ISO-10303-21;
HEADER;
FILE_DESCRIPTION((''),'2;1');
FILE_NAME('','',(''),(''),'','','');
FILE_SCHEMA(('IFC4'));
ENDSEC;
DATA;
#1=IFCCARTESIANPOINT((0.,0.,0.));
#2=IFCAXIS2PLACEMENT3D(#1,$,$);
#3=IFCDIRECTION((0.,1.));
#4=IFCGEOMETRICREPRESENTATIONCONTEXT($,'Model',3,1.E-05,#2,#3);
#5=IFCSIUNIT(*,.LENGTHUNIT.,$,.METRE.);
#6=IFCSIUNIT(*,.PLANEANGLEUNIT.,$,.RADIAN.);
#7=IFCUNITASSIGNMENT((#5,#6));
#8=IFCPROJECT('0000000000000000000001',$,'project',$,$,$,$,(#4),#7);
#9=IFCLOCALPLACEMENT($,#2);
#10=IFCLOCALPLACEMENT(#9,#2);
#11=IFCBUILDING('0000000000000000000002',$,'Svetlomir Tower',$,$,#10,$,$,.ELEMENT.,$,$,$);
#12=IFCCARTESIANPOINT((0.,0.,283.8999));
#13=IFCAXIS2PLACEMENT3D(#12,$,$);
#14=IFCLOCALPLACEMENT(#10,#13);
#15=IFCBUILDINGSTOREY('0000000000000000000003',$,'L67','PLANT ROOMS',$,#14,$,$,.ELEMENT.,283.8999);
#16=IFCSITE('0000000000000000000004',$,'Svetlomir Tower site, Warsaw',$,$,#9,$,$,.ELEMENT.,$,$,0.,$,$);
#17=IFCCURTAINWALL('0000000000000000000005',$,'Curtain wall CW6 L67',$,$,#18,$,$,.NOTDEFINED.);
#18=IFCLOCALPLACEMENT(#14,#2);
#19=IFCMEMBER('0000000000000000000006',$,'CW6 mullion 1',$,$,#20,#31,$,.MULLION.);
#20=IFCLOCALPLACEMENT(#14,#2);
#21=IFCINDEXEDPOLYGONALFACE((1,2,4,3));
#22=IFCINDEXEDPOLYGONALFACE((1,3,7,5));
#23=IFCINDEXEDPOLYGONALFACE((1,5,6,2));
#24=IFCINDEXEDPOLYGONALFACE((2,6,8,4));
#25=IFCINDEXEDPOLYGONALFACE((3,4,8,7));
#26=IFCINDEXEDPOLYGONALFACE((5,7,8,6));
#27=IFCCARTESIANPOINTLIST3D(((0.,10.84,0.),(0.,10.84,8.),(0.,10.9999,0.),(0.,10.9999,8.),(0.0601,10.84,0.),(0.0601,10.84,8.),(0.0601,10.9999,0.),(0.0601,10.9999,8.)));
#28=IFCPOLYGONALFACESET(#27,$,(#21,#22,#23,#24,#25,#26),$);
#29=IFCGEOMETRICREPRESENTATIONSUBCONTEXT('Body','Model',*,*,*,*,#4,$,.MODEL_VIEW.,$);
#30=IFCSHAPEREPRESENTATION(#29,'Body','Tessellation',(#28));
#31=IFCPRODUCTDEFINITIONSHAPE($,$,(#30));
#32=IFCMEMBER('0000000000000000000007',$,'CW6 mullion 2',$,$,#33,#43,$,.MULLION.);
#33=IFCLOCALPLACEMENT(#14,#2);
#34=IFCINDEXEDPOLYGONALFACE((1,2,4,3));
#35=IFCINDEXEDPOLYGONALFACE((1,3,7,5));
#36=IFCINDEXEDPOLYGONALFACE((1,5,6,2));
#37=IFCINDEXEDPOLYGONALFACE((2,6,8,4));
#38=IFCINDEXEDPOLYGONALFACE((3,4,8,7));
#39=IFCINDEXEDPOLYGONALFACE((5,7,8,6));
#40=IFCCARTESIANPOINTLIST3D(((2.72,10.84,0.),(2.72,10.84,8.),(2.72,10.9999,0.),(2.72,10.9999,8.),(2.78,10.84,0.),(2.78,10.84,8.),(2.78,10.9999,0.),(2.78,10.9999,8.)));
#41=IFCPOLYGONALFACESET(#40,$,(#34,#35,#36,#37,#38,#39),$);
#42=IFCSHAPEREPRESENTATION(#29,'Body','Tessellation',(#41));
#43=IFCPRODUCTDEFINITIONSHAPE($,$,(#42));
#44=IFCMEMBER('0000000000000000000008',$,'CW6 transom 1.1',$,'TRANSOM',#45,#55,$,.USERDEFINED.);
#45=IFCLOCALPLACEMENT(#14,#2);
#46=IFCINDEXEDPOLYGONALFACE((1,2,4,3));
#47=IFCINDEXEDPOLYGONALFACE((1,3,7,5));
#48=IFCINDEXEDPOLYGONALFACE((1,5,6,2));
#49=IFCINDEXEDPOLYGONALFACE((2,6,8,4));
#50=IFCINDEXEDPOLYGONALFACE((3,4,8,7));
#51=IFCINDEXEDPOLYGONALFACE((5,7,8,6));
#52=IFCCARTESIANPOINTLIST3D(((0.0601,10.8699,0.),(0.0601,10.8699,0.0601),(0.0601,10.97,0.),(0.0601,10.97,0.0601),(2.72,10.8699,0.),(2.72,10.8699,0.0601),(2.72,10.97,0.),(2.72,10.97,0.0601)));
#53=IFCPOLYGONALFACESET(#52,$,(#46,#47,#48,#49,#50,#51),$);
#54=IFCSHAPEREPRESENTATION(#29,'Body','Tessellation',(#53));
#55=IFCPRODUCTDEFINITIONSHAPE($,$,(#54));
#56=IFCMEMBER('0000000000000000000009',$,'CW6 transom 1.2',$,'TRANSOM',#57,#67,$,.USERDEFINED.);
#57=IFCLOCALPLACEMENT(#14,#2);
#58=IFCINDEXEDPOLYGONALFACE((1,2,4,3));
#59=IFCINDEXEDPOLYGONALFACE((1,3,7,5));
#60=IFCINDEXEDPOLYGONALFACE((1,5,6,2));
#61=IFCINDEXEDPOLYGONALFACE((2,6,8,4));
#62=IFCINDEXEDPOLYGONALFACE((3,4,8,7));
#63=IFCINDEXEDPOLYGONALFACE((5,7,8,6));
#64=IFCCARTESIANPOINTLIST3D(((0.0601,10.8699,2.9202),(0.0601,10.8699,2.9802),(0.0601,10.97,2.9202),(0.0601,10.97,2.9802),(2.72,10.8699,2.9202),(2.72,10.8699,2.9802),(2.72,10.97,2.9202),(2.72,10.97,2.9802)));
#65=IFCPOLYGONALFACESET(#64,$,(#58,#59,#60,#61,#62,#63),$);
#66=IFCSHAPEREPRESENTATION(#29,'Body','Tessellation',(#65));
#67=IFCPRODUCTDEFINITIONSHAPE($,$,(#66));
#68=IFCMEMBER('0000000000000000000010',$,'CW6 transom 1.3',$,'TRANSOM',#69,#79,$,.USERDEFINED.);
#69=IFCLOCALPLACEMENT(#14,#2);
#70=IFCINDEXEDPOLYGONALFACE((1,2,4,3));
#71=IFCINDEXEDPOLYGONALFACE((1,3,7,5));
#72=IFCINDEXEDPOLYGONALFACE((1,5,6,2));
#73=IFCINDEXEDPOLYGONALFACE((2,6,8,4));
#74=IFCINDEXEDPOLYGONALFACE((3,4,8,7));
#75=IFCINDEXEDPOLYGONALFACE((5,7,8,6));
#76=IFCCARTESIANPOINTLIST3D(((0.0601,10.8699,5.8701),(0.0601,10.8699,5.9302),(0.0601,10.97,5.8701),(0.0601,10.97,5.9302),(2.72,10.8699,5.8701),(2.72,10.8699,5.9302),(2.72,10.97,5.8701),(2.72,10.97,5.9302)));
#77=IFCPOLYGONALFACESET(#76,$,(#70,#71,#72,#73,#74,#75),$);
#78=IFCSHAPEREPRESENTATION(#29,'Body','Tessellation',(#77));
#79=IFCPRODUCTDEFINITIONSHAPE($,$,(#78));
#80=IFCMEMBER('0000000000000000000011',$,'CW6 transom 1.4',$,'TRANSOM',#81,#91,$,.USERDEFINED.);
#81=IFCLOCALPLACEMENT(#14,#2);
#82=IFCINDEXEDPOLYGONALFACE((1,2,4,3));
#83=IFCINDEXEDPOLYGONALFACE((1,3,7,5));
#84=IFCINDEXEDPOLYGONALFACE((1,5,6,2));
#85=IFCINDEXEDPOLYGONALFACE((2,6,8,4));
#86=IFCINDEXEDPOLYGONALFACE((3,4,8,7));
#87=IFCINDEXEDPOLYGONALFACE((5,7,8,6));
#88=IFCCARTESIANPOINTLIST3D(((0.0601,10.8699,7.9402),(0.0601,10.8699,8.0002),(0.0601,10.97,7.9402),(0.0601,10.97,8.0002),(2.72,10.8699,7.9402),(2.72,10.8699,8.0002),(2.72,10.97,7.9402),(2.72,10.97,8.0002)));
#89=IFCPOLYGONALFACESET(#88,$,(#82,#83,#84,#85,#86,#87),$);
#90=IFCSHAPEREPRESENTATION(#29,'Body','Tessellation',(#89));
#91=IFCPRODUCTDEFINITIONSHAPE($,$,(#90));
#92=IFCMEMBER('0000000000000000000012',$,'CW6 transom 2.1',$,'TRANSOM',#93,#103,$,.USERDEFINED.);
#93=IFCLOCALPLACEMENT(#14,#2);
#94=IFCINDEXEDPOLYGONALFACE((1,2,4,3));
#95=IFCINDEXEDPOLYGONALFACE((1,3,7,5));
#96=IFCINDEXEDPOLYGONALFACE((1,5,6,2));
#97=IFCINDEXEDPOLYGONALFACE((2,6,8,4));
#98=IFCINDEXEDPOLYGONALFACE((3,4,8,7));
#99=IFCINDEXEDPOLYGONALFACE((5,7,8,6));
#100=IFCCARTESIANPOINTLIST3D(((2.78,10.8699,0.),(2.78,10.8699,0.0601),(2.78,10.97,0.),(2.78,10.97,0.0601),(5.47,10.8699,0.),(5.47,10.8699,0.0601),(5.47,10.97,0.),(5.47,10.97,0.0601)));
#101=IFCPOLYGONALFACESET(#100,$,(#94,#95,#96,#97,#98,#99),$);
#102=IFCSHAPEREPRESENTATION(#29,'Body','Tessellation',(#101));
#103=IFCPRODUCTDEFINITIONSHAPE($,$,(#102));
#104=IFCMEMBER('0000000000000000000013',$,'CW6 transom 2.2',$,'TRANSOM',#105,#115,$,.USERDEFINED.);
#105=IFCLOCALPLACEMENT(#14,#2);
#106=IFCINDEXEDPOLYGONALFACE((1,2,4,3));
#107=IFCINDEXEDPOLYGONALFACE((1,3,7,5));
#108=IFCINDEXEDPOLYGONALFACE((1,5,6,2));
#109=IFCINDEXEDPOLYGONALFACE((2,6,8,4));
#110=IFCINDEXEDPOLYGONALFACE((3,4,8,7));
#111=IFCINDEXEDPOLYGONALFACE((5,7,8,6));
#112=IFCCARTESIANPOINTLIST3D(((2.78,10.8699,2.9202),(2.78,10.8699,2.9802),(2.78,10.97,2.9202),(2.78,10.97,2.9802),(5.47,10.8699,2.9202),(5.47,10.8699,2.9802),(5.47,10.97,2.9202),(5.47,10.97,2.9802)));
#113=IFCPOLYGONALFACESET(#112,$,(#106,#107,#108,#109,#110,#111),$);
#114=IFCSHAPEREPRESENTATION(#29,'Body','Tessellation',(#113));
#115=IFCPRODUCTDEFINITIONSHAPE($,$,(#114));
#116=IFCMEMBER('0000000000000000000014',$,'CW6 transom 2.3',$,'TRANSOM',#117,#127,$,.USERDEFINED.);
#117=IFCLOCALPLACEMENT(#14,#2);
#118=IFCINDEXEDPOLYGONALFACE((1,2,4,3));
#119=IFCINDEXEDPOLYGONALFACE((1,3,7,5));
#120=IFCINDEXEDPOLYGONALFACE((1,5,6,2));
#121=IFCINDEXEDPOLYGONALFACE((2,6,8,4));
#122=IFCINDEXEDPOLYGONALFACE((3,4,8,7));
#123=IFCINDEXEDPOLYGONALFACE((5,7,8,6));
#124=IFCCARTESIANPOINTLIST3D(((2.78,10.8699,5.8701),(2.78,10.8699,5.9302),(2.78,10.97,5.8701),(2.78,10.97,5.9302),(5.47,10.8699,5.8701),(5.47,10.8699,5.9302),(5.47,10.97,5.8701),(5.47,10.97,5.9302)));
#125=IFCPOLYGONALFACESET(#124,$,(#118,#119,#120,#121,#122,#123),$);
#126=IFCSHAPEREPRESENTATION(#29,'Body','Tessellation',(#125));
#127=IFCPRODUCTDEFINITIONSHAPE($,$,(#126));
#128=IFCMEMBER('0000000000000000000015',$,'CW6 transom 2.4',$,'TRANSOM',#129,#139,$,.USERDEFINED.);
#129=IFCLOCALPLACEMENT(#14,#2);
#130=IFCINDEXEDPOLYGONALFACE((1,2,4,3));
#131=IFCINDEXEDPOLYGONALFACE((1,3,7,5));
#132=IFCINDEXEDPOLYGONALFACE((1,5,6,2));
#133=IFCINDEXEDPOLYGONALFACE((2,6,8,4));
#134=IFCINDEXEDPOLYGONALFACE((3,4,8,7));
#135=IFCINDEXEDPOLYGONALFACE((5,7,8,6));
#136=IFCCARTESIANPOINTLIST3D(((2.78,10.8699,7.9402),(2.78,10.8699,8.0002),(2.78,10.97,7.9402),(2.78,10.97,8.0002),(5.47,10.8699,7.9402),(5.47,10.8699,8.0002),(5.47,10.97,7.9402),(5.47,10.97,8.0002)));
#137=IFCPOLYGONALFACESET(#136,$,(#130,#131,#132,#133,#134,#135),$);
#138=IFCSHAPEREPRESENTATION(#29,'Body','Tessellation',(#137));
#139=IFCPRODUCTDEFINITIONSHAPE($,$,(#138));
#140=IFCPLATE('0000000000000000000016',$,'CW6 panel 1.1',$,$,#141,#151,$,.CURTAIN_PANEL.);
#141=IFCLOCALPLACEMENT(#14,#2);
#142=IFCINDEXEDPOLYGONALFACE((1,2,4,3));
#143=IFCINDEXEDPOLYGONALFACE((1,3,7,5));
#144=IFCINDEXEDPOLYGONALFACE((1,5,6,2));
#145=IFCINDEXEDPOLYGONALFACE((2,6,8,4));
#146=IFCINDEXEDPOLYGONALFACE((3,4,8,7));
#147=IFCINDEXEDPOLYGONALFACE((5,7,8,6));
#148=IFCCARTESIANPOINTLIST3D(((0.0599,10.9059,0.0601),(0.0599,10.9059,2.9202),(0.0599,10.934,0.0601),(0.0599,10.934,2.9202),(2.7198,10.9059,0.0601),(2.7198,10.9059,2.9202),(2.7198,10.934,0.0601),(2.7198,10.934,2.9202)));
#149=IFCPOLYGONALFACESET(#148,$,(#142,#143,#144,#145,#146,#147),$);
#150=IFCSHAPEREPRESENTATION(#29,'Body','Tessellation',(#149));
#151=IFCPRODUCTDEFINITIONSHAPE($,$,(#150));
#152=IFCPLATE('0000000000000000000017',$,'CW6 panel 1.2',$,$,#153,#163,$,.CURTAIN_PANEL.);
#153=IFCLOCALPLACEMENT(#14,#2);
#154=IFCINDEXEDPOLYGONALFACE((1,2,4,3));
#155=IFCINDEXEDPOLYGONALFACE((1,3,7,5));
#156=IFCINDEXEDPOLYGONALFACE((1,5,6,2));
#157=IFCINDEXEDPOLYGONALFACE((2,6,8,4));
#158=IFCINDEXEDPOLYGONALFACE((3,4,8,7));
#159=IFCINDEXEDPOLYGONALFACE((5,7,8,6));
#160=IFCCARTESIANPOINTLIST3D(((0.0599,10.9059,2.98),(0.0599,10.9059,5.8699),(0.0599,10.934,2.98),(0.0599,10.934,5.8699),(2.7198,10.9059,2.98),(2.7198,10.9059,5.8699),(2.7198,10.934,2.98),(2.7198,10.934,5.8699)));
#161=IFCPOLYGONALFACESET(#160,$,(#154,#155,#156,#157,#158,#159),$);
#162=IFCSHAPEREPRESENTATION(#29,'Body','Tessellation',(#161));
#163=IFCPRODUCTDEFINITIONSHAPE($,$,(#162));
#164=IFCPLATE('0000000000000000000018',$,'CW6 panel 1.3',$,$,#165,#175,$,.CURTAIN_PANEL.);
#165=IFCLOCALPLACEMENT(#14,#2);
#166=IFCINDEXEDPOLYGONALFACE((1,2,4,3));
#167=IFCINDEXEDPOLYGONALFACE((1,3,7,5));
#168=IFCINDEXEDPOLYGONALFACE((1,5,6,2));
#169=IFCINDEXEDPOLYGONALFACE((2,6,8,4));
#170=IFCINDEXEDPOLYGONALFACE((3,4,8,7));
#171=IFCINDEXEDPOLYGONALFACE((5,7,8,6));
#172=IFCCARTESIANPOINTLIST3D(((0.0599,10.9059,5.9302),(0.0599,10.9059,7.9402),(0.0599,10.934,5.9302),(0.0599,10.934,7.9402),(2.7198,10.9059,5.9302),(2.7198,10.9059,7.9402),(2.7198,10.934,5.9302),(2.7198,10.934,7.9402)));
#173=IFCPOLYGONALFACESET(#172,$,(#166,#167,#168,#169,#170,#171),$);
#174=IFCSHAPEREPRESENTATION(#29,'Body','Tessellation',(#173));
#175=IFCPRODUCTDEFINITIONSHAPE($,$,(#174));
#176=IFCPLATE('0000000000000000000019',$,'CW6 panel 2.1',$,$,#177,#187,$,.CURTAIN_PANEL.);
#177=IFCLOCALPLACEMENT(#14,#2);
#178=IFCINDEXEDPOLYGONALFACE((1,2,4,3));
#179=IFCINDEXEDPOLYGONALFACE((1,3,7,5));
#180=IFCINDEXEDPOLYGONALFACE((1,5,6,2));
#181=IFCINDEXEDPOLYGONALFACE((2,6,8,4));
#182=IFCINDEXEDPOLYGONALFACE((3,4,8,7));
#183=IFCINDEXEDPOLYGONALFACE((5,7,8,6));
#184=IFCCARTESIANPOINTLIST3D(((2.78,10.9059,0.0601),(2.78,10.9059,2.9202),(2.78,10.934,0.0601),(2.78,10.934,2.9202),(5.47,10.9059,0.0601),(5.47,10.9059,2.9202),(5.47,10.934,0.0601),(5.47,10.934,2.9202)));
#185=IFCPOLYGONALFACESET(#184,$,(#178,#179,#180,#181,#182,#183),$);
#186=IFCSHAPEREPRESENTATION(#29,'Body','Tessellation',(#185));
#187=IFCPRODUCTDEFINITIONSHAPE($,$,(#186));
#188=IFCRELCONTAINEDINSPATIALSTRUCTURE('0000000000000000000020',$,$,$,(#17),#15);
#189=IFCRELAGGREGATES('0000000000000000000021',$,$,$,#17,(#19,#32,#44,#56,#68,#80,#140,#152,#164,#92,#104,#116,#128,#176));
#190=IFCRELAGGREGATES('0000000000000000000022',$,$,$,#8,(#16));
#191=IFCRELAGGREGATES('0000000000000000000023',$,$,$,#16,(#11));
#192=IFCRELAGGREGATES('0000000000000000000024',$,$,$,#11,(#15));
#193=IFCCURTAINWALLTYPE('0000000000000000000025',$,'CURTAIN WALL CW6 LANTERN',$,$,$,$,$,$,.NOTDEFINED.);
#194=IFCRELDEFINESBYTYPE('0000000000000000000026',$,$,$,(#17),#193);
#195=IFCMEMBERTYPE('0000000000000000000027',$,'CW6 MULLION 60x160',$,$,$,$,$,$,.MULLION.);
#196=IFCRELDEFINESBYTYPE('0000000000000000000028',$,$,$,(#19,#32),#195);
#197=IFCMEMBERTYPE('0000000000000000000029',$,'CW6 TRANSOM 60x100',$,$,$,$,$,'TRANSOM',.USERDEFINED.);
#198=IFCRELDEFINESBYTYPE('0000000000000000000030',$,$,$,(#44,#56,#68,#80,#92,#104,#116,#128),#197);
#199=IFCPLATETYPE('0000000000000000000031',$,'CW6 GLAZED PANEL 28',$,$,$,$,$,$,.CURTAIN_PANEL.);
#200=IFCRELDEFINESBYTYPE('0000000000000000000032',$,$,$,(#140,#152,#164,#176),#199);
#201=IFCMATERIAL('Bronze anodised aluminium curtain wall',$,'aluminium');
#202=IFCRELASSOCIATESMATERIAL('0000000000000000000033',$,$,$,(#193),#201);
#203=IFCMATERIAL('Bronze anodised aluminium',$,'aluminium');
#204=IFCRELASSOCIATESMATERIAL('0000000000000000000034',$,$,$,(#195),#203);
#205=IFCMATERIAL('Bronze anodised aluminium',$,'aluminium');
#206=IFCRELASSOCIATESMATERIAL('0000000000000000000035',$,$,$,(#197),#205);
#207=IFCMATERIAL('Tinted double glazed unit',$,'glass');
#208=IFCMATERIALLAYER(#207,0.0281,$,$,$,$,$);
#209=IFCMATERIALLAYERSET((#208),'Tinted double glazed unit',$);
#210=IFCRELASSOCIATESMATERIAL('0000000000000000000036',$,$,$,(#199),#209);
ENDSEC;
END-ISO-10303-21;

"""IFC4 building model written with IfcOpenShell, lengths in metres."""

from ifc_helpers import new_model, si_unit, direction, frame, origin, origin_2d, place, context, subcontext, project, spatial, rectangle, extrude, material, layer, layer_set, material_profile, profile_set, type_object, element, aggregate, save


model = new_model("IFC4")

# Units and contexts
model_context = context("Model", 3, precision=1e-05, world=origin(), true_north=direction((0.0, 1.0)))
body_context = subcontext(model_context, "Body", "Model", "MODEL_VIEW")
ifc_project = project(units=[si_unit("LENGTHUNIT", "METRE"), si_unit("PLANEANGLEUNIT", "RADIAN")], contexts=[model_context])

# Site, building, storey
site_placement = place(None, origin())
site = spatial("IfcSite", under=ifc_project, at=site_placement, Name="Svetlomir Tower site, Warsaw", CompositionType="ELEMENT", RefElevation=0.0)
building_placement = place(site_placement, origin())
building = spatial("IfcBuilding", under=site, at=building_placement, Name="Svetlomir Tower", CompositionType="ELEMENT")
storey_placement = place(building_placement, frame((0.0, 0.0, 283.8999)))
storey = spatial("IfcBuildingStorey", under=building, at=storey_placement, Name="L67", Description="PLANT ROOMS", CompositionType="ELEMENT", Elevation=283.8999)

# Curtain wall, members, plates
ifc_material_1 = material(Name="Bronze anodised aluminium curtain wall", Category="aluminium")
curtain_wall_type = type_object("IfcCurtainWallType", Name="CURTAIN WALL CW6 LANTERN", PredefinedType="NOTDEFINED", material=ifc_material_1)
curtain_wall_placement = place(storey_placement, origin())
curtain_wall = element("IfcCurtainWall", 1, at=curtain_wall_placement, inside=storey, type_object=curtain_wall_type, Name="Curtain wall CW6 L67", PredefinedType="NOTDEFINED")
ifc_material_2 = material(Name="Bronze anodised aluminium", Category="aluminium")
ifc_material_profile_1 = material_profile(ifc_material_2, rectangle(XDim=0.0601, YDim=0.1599, at=origin_2d()), Name="AL 60x160")
ifc_profile_set_1 = profile_set([ifc_material_profile_1], Name="Bronze anodised aluminium 6063-T6")
member_type_1 = type_object("IfcMemberType", Name="CW6 MULLION 60x160", PredefinedType="MULLION", material=ifc_profile_set_1)
member_1_placement = place(storey_placement, frame((0.03, 10.9199, 0.0), z_axis=(0.0, 0.0, 1.0), x_axis=(1.0, 0.0, 0.0)))
member_1 = element("IfcMember", 2, at=member_1_placement, type_object=member_type_1, Name="CW6 mullion 1", PredefinedType="MULLION", context=body_context, shape_type="SweptSolid", body=[
    extrude(rectangle(XDim=0.0601, YDim=0.1599, at=origin_2d()), origin(), (0.0, 0.0, 1.0), 8.0),
])
member_2_placement = place(storey_placement, frame((2.75, 10.9199, 0.0), z_axis=(0.0, 0.0, 1.0), x_axis=(1.0, 0.0, 0.0)))
member_2 = element("IfcMember", 3, at=member_2_placement, type_object=member_type_1, Name="CW6 mullion 2", PredefinedType="MULLION", context=body_context, shape_type="SweptSolid", body=[
    extrude(rectangle(XDim=0.0601, YDim=0.1599, at=origin_2d()), origin(), (0.0, 0.0, 1.0), 8.0),
])
ifc_material_3 = material(Name="Bronze anodised aluminium", Category="aluminium")
ifc_material_profile_2 = material_profile(ifc_material_3, rectangle(XDim=0.1001, YDim=0.0601, at=origin_2d()), Name="AL 100x60")
ifc_profile_set_2 = profile_set([ifc_material_profile_2], Name="Bronze anodised aluminium 6063-T6")
member_type_2 = type_object("IfcMemberType", Name="CW6 TRANSOM 60x100", ElementType="TRANSOM", PredefinedType="USERDEFINED", material=ifc_profile_set_2)
member_3_placement = place(storey_placement, frame((0.0601, 10.9199, 0.03), z_axis=(1.0, 0.0, 0.0), x_axis=(0.0, 1.0, 0.0)))
member_3 = element("IfcMember", 4, at=member_3_placement, type_object=member_type_2, Name="CW6 transom 1.1", ObjectType="TRANSOM", PredefinedType="USERDEFINED", context=body_context, shape_type="SweptSolid", body=[
    extrude(rectangle(XDim=0.1001, YDim=0.0601, at=origin_2d()), origin(), (0.0, 0.0, 1.0), 2.6599),
])
member_4_placement = place(storey_placement, frame((0.0601, 10.9199, 2.9502), z_axis=(1.0, 0.0, 0.0), x_axis=(0.0, 1.0, 0.0)))
member_4 = element("IfcMember", 5, at=member_4_placement, type_object=member_type_2, Name="CW6 transom 1.2", ObjectType="TRANSOM", PredefinedType="USERDEFINED", context=body_context, shape_type="SweptSolid", body=[
    extrude(rectangle(XDim=0.1001, YDim=0.0601, at=origin_2d()), origin(), (0.0, 0.0, 1.0), 2.6599),
])
member_5_placement = place(storey_placement, frame((0.0601, 10.9199, 5.9001), z_axis=(1.0, 0.0, 0.0), x_axis=(0.0, 1.0, 0.0)))
member_5 = element("IfcMember", 6, at=member_5_placement, type_object=member_type_2, Name="CW6 transom 1.3", ObjectType="TRANSOM", PredefinedType="USERDEFINED", context=body_context, shape_type="SweptSolid", body=[
    extrude(rectangle(XDim=0.1001, YDim=0.0601, at=origin_2d()), origin(), (0.0, 0.0, 1.0), 2.6599),
])
member_6_placement = place(storey_placement, frame((0.0601, 10.9199, 7.9702), z_axis=(1.0, 0.0, 0.0), x_axis=(0.0, 1.0, 0.0)))
member_6 = element("IfcMember", 7, at=member_6_placement, type_object=member_type_2, Name="CW6 transom 1.4", ObjectType="TRANSOM", PredefinedType="USERDEFINED", context=body_context, shape_type="SweptSolid", body=[
    extrude(rectangle(XDim=0.1001, YDim=0.0601, at=origin_2d()), origin(), (0.0, 0.0, 1.0), 2.6599),
])
member_7_placement = place(storey_placement, frame((2.78, 10.9199, 0.03), z_axis=(1.0, 0.0, 0.0), x_axis=(0.0, 1.0, 0.0)))
member_7 = element("IfcMember", 8, at=member_7_placement, type_object=member_type_2, Name="CW6 transom 2.1", ObjectType="TRANSOM", PredefinedType="USERDEFINED", context=body_context, shape_type="SweptSolid", body=[
    extrude(rectangle(XDim=0.1001, YDim=0.0601, at=origin_2d()), origin(), (0.0, 0.0, 1.0), 2.6899),
])
member_8_placement = place(storey_placement, frame((2.78, 10.9199, 2.9502), z_axis=(1.0, 0.0, 0.0), x_axis=(0.0, 1.0, 0.0)))
member_8 = element("IfcMember", 9, at=member_8_placement, type_object=member_type_2, Name="CW6 transom 2.2", ObjectType="TRANSOM", PredefinedType="USERDEFINED", context=body_context, shape_type="SweptSolid", body=[
    extrude(rectangle(XDim=0.1001, YDim=0.0601, at=origin_2d()), origin(), (0.0, 0.0, 1.0), 2.6899),
])
member_9_placement = place(storey_placement, frame((2.78, 10.9199, 5.9001), z_axis=(1.0, 0.0, 0.0), x_axis=(0.0, 1.0, 0.0)))
member_9 = element("IfcMember", 10, at=member_9_placement, type_object=member_type_2, Name="CW6 transom 2.3", ObjectType="TRANSOM", PredefinedType="USERDEFINED", context=body_context, shape_type="SweptSolid", body=[
    extrude(rectangle(XDim=0.1001, YDim=0.0601, at=origin_2d()), origin(), (0.0, 0.0, 1.0), 2.6899),
])
member_10_placement = place(storey_placement, frame((2.78, 10.9199, 7.9702), z_axis=(1.0, 0.0, 0.0), x_axis=(0.0, 1.0, 0.0)))
member_10 = element("IfcMember", 11, at=member_10_placement, type_object=member_type_2, Name="CW6 transom 2.4", ObjectType="TRANSOM", PredefinedType="USERDEFINED", context=body_context, shape_type="SweptSolid", body=[
    extrude(rectangle(XDim=0.1001, YDim=0.0601, at=origin_2d()), origin(), (0.0, 0.0, 1.0), 2.6899),
])
ifc_material_4 = material(Name="Tinted double glazed unit", Category="glass")
ifc_layer_1 = layer(ifc_material_4, 0.0281)
ifc_layer_set_1 = layer_set([ifc_layer_1], Name="Tinted double glazed unit")
plate_type = type_object("IfcPlateType", Name="CW6 GLAZED PANEL 28", PredefinedType="CURTAIN_PANEL", material=ifc_layer_set_1)
plate_1_placement = place(storey_placement, frame((1.3899, 10.9199, 0.0601), z_axis=(0.0, 0.0, 1.0), x_axis=(1.0, 0.0, 0.0)))
plate_1 = element("IfcPlate", 12, at=plate_1_placement, type_object=plate_type, Name="CW6 panel 1.1", PredefinedType="CURTAIN_PANEL", context=body_context, shape_type="SweptSolid", body=[
    extrude(rectangle(XDim=2.6599, YDim=0.0281, at=origin_2d()), origin(), (0.0, 0.0, 1.0), 2.8601),
])
plate_2_placement = place(storey_placement, frame((1.3899, 10.9199, 2.98), z_axis=(0.0, 0.0, 1.0), x_axis=(1.0, 0.0, 0.0)))
plate_2 = element("IfcPlate", 13, at=plate_2_placement, type_object=plate_type, Name="CW6 panel 1.2", PredefinedType="CURTAIN_PANEL", context=body_context, shape_type="SweptSolid", body=[
    extrude(rectangle(XDim=2.6599, YDim=0.0281, at=origin_2d()), origin(), (0.0, 0.0, 1.0), 2.8899),
])
plate_3_placement = place(storey_placement, frame((1.3899, 10.9199, 5.9302), z_axis=(0.0, 0.0, 1.0), x_axis=(1.0, 0.0, 0.0)))
plate_3 = element("IfcPlate", 14, at=plate_3_placement, type_object=plate_type, Name="CW6 panel 1.3", PredefinedType="CURTAIN_PANEL", context=body_context, shape_type="SweptSolid", body=[
    extrude(rectangle(XDim=2.6599, YDim=0.0281, at=origin_2d()), origin(), (0.0, 0.0, 1.0), 2.01),
])
plate_4_placement = place(storey_placement, frame((4.125, 10.9199, 0.0601), z_axis=(0.0, 0.0, 1.0), x_axis=(1.0, 0.0, 0.0)))
plate_4 = element("IfcPlate", 15, at=plate_4_placement, type_object=plate_type, Name="CW6 panel 2.1", PredefinedType="CURTAIN_PANEL", context=body_context, shape_type="SweptSolid", body=[
    extrude(rectangle(XDim=2.6899, YDim=0.0281, at=origin_2d()), origin(), (0.0, 0.0, 1.0), 2.8601),
])
aggregate(curtain_wall, [member_1, member_2, member_3, member_4, member_5, member_6, plate_1, plate_2, plate_3, member_7, member_8, member_9, member_10, plate_4])

save(model, "model.ifc")
